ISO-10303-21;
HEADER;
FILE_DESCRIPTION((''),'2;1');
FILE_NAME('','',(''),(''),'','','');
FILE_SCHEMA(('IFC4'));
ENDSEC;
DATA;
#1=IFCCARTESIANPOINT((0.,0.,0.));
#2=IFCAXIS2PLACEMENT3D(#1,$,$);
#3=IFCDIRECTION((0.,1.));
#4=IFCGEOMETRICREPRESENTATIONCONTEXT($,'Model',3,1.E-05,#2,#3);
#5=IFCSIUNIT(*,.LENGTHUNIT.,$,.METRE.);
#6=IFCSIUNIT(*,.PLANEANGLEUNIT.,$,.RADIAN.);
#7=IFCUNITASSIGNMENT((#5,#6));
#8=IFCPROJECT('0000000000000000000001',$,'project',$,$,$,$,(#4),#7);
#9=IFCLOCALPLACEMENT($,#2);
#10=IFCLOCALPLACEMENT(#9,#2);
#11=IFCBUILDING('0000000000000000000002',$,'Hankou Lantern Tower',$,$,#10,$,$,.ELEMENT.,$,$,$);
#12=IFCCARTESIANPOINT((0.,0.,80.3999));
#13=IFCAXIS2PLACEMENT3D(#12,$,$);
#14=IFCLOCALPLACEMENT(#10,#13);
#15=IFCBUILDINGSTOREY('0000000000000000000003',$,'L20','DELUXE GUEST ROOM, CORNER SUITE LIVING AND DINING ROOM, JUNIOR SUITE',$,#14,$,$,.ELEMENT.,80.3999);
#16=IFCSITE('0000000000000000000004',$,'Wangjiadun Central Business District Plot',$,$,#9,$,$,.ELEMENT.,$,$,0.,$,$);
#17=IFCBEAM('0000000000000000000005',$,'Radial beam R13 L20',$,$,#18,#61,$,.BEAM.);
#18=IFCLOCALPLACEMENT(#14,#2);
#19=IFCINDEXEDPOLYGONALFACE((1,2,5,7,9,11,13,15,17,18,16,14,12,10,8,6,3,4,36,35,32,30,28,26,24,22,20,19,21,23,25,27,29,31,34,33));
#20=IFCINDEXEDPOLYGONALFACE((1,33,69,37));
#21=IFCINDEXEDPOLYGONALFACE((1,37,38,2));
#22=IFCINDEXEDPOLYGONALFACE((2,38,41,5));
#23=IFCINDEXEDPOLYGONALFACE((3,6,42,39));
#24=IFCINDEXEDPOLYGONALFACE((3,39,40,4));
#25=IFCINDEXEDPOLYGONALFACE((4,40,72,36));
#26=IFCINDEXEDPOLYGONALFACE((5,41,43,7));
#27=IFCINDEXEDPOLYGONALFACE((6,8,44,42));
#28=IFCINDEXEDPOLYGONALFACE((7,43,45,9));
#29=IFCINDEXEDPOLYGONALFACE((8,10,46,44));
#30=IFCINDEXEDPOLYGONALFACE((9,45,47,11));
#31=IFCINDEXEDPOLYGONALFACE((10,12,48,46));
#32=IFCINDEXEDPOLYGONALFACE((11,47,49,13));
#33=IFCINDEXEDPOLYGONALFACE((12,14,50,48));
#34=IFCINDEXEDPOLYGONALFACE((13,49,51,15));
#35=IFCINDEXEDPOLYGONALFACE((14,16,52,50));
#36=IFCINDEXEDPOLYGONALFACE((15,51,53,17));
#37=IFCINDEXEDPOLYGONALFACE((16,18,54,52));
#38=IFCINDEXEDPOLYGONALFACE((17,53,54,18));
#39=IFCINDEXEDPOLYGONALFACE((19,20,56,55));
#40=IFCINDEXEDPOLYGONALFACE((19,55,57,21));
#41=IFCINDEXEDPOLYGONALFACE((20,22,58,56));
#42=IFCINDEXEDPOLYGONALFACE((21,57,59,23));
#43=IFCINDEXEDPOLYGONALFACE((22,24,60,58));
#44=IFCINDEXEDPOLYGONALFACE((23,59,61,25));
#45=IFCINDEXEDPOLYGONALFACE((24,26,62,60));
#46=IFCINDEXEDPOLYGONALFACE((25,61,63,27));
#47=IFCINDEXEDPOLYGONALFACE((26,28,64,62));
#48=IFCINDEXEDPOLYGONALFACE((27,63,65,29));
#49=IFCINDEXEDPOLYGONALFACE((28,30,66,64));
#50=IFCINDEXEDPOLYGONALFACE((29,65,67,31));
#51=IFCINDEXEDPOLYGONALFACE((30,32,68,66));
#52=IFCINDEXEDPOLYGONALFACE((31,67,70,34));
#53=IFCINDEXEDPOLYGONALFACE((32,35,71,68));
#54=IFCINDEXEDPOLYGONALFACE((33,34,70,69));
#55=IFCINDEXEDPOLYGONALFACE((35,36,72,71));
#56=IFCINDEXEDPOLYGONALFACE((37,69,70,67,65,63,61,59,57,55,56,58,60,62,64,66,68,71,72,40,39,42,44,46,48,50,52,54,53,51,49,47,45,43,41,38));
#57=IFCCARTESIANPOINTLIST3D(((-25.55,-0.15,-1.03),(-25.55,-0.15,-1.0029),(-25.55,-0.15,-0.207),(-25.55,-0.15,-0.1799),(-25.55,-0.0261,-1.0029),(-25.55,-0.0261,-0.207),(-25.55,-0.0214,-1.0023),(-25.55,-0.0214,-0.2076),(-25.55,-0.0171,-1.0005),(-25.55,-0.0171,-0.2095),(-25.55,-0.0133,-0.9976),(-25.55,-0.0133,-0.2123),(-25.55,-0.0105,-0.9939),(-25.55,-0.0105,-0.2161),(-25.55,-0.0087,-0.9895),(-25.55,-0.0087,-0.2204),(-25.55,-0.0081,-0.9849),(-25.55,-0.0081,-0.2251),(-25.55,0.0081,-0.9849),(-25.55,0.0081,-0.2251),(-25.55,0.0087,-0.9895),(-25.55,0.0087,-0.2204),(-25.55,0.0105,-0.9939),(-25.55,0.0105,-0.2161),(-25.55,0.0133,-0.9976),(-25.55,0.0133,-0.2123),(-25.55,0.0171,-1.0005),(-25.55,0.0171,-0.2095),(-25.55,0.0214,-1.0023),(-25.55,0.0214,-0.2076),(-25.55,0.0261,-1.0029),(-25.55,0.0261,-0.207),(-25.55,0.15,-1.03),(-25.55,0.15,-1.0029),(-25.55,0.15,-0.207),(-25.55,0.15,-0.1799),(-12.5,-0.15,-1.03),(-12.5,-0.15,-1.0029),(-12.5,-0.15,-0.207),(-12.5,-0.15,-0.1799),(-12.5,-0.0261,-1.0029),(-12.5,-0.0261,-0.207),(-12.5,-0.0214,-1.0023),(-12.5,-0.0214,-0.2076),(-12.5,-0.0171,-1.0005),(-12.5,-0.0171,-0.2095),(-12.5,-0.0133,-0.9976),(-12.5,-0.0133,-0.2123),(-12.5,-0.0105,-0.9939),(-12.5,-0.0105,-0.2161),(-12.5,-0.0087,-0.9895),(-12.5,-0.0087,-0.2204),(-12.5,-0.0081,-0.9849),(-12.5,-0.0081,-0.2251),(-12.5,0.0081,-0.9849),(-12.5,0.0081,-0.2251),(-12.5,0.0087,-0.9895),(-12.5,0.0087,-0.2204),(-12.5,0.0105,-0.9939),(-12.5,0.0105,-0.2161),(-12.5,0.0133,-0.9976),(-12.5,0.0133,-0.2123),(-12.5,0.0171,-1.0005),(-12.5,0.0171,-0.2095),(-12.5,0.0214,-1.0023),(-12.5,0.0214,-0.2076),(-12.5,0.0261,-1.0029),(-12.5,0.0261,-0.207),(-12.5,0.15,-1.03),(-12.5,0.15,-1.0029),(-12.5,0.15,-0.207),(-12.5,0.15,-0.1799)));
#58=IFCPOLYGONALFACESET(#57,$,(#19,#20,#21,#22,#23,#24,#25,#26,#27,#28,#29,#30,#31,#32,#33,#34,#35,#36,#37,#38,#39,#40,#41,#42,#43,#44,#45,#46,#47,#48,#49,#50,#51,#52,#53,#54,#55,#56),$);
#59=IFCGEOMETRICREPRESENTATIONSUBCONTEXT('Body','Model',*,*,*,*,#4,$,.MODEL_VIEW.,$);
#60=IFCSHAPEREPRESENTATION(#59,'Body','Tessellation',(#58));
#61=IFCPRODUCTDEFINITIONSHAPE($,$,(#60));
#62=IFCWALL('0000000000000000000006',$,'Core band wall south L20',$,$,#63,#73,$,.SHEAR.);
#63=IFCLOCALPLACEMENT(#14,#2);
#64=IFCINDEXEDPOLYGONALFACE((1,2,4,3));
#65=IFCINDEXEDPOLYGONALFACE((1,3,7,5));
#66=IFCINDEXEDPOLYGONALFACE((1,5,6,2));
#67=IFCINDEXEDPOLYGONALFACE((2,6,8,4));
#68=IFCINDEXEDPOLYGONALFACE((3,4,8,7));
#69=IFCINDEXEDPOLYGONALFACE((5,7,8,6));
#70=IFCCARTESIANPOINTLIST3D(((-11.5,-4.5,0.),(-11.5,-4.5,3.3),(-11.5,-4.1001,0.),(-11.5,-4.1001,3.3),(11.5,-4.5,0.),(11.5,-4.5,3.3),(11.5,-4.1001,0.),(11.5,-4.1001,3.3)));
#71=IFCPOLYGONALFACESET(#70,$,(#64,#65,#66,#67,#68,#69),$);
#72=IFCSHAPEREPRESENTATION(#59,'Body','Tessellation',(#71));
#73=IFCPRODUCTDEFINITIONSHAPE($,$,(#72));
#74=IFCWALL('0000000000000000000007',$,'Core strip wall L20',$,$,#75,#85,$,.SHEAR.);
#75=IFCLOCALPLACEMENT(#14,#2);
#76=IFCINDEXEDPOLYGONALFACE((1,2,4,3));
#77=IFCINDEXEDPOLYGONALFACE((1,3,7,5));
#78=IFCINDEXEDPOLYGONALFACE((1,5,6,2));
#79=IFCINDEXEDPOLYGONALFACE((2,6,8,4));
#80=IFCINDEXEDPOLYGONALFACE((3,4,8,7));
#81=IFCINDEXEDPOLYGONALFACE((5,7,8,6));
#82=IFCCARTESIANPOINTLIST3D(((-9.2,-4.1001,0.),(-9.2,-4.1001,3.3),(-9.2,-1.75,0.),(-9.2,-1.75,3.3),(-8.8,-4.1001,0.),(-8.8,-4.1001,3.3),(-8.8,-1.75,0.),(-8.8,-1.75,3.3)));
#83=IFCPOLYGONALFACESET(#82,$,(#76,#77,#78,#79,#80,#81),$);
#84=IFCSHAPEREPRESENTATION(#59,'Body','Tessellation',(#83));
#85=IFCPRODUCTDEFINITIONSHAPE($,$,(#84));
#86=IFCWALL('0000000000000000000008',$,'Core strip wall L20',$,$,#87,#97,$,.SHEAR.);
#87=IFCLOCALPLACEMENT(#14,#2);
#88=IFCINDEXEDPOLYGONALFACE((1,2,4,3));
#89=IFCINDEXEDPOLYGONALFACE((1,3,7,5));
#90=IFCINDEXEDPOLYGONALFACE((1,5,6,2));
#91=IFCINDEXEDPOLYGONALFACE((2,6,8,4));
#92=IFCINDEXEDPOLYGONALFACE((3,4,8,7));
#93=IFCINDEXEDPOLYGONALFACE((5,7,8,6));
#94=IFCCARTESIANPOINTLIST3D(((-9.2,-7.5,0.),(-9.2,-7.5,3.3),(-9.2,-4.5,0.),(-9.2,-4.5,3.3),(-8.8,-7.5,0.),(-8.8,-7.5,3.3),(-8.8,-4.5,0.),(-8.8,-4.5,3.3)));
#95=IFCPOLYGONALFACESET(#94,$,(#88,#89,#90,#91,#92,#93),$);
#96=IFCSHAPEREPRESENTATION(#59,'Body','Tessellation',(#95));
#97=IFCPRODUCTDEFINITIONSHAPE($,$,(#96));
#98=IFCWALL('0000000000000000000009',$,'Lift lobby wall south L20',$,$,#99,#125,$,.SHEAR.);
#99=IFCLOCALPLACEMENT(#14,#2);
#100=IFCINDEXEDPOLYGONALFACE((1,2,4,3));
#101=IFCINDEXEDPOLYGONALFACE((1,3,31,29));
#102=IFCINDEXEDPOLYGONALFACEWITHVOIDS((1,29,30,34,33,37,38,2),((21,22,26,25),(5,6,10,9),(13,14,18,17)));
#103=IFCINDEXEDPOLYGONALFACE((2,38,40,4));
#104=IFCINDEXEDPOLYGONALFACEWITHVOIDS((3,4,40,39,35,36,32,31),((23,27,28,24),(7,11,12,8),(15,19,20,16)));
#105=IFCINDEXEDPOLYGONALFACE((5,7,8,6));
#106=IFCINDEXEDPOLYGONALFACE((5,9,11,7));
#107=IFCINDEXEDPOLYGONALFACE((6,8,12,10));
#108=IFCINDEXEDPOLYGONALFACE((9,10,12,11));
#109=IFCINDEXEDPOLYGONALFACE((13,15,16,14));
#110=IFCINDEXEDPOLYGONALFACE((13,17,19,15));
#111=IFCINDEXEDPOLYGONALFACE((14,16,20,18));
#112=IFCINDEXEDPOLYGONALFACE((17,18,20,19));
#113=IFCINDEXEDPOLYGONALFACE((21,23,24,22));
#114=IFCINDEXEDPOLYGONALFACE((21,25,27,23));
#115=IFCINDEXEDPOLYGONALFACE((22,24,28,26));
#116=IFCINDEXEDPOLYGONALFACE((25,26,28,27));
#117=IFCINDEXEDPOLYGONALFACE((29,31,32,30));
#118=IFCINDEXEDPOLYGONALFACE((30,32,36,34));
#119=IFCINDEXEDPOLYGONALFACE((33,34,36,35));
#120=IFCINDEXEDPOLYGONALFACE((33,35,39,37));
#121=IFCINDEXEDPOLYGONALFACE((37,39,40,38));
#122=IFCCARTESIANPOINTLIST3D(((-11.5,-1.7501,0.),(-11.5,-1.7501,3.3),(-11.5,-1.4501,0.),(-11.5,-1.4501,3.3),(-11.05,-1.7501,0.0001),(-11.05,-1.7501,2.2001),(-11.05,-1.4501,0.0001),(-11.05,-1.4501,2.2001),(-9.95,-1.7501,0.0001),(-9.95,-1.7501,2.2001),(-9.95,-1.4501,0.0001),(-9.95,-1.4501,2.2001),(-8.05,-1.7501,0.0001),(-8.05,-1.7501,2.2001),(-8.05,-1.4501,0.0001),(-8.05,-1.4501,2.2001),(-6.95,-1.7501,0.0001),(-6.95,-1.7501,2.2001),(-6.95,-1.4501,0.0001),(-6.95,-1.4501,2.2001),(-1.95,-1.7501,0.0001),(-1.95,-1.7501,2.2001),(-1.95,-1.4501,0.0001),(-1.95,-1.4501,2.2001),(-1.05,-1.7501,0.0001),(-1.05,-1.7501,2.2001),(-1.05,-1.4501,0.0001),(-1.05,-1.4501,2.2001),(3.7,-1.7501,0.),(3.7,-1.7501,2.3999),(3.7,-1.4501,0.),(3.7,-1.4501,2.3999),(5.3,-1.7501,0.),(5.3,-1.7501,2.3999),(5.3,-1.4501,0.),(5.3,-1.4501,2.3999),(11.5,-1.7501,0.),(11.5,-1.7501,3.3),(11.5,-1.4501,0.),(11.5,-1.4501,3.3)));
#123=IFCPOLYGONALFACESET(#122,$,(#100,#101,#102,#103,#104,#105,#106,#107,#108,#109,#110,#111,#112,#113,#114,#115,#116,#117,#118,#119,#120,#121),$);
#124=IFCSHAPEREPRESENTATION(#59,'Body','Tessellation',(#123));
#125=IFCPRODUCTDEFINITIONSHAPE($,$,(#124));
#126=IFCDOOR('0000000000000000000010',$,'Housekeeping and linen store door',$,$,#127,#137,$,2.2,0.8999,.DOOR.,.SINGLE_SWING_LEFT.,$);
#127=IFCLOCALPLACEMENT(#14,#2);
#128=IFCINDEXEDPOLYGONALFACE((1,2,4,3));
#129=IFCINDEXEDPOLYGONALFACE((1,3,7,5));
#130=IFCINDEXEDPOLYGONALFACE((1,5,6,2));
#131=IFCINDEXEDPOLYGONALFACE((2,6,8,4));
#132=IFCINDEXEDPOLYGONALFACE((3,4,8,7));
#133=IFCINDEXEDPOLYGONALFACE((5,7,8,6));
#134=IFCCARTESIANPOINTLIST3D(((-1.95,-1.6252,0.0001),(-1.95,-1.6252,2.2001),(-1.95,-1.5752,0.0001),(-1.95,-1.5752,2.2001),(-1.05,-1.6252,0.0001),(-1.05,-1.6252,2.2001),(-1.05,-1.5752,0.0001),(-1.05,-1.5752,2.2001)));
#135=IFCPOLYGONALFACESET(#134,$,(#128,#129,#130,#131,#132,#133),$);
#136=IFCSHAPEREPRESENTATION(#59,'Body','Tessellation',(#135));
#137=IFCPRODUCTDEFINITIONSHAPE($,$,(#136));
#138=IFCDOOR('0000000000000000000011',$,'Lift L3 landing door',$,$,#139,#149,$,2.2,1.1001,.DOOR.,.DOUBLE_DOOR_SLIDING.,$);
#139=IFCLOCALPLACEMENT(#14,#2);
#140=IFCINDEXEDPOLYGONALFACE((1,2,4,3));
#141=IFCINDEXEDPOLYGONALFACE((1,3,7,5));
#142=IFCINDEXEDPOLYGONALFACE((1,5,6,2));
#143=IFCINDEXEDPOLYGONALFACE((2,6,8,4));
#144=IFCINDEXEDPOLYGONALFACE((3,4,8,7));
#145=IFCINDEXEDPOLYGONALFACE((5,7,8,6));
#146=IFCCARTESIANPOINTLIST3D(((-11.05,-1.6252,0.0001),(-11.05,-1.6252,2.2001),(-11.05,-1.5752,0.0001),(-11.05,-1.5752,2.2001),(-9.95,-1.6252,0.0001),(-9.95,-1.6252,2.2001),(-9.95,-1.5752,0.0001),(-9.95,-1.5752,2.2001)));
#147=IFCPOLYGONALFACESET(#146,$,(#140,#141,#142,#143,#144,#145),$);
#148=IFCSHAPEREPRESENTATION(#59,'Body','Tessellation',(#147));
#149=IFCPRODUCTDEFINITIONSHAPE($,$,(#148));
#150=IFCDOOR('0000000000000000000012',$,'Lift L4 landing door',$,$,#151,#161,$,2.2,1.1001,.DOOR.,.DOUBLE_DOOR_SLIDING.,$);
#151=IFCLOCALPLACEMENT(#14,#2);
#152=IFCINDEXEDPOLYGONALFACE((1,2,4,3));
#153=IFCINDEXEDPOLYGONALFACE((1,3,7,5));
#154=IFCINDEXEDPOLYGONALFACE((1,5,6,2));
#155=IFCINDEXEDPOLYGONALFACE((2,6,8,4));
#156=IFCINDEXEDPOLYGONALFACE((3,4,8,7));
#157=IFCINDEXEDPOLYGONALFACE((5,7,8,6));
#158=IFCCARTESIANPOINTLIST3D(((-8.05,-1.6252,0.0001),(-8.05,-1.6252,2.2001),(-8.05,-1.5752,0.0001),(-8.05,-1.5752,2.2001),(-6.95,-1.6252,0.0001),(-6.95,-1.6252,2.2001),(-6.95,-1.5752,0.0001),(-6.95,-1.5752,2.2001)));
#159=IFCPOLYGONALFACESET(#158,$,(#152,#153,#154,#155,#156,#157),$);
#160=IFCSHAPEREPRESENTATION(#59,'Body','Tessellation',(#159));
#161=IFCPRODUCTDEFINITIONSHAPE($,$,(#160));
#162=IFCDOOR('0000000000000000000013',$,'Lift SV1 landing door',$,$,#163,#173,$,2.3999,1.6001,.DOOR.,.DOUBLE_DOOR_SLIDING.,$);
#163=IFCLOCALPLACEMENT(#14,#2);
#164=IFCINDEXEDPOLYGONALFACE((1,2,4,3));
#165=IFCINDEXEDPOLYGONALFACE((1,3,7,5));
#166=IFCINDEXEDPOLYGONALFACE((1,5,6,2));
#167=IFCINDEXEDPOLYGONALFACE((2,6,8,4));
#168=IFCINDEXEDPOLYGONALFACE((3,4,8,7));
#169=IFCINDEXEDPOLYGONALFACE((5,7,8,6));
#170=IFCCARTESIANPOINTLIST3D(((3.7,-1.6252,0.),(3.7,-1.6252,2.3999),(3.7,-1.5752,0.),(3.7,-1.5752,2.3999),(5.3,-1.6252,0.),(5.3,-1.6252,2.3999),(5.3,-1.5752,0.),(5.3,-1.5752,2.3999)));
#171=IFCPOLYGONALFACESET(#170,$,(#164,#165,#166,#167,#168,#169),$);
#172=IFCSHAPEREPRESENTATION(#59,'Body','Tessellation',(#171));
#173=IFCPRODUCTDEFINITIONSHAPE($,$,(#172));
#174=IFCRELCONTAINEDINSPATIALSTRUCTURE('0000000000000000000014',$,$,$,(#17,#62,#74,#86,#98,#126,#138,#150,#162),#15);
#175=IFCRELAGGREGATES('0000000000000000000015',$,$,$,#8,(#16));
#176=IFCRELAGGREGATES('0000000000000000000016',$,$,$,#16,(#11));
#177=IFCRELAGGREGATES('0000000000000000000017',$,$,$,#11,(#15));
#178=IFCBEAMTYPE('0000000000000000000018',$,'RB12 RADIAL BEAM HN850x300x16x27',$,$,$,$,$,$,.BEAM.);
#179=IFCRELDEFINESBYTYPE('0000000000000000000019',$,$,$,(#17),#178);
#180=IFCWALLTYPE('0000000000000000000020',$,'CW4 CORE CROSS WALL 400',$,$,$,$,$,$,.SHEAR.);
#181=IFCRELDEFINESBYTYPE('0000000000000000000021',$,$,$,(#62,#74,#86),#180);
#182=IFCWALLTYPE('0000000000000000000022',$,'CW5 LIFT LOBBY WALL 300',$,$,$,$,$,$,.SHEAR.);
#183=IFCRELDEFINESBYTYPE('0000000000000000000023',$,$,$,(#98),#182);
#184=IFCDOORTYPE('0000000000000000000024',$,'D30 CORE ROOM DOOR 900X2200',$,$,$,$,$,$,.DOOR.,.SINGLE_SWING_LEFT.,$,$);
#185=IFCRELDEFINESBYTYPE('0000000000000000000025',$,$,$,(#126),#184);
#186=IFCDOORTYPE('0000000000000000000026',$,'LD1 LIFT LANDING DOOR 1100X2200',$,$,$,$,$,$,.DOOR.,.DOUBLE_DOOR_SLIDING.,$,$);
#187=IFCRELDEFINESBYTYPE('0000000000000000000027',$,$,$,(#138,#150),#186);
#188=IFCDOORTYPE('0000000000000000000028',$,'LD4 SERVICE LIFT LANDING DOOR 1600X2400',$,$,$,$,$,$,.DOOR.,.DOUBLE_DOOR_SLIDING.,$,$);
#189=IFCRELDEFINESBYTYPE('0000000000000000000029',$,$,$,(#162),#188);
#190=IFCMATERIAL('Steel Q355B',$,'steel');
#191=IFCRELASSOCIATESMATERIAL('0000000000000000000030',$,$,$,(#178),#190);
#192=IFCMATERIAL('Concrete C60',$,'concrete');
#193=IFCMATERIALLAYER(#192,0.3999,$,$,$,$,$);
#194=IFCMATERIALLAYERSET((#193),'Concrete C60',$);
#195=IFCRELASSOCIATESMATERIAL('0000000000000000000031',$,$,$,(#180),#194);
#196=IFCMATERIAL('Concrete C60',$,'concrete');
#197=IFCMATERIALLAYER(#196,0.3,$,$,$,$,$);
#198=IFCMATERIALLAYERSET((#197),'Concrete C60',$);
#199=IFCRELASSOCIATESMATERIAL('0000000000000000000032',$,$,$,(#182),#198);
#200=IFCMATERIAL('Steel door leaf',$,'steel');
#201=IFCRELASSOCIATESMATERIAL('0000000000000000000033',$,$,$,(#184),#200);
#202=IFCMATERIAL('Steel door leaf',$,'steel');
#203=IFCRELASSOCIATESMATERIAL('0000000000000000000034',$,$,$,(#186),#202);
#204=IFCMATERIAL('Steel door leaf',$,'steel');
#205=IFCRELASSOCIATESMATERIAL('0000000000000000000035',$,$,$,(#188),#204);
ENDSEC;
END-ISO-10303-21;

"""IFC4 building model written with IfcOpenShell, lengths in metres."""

from ifc_helpers import new_model, si_unit, direction, frame, frame_2d, origin, origin_2d, place, context, subcontext, project, spatial, rectangle, i_section, extrude, material, layer, layer_set, material_profile, profile_set, type_object, element, fill, save


model = new_model("IFC4")

# Units and contexts
model_context = context("Model", 3, precision=1e-05, world=origin(), true_north=direction((0.0, 1.0)))
body_context = subcontext(model_context, "Body", "Model", "MODEL_VIEW")
ifc_project = project(units=[si_unit("LENGTHUNIT", "METRE"), si_unit("PLANEANGLEUNIT", "RADIAN")], contexts=[model_context])

# Site, building, storey
site_placement = place(None, origin())
site = spatial("IfcSite", under=ifc_project, at=site_placement, Name="Wangjiadun Central Business District Plot", CompositionType="ELEMENT", RefElevation=0.0)
building_placement = place(site_placement, origin())
building = spatial("IfcBuilding", under=site, at=building_placement, Name="Hankou Lantern Tower", CompositionType="ELEMENT")
storey_placement = place(building_placement, frame((0.0, 0.0, 80.3999)))
storey = spatial("IfcBuildingStorey", under=building, at=storey_placement, Name="L20", Description="DELUXE GUEST ROOM, CORNER SUITE LIVING AND DINING ROOM, JUNIOR SUITE", CompositionType="ELEMENT", Elevation=80.3999)

# Beam
ifc_material_1 = material(Name="Steel Q355B", Category="steel")
ifc_material_profile_1 = material_profile(ifc_material_1, i_section(OverallWidth=0.3, OverallDepth=0.8501, WebThickness=0.0161, FlangeThickness=0.0271, FilletRadius=0.0181, at=origin_2d()), Name="HN850x300x16x27")
ifc_profile_set_1 = profile_set([ifc_material_profile_1], Name="Steel Q355B")
beam_type_1 = type_object("IfcBeamType", Name="RB12 RADIAL BEAM HN850x300x16x27", PredefinedType="BEAM", material=ifc_profile_set_1)
beam_1_placement = place(storey_placement, frame((-12.5, 0.0, -0.605), z_axis=(-1.0, 0.0, 0.0), x_axis=(0.0, -1.0, 0.0)))
element("IfcBeam", 1, at=beam_1_placement, inside=storey, type_object=beam_type_1, Name="Radial beam R13 L20", PredefinedType="BEAM", context=body_context, shape_type="SweptSolid", body=[
    extrude(i_section(OverallWidth=0.3, OverallDepth=0.8501, WebThickness=0.0161, FlangeThickness=0.0271, FilletRadius=0.0181, at=origin_2d()), origin(), (0.0, 0.0, 1.0), 13.05),
])

# Walls
ifc_material_2 = material(Name="Concrete C60", Category="concrete")
ifc_layer_1 = layer(ifc_material_2, 0.3999)
ifc_layer_set_1 = layer_set([ifc_layer_1], Name="Concrete C60")
wall_type_1 = type_object("IfcWallType", Name="CW4 CORE CROSS WALL 400", PredefinedType="SHEAR", material=ifc_layer_set_1)
wall_1_placement = place(storey_placement, frame((-11.5, -4.3, 0.0), z_axis=(0.0, 0.0, 1.0), x_axis=(1.0, 0.0, 0.0)))
element("IfcWall", 2, at=wall_1_placement, inside=storey, type_object=wall_type_1, Name="Core band wall south L20", PredefinedType="SHEAR", context=body_context, shape_type="SweptSolid", body=[
    extrude(rectangle(XDim=23.0, YDim=0.3999, at=frame_2d((11.5, 0.0))), origin(), (0.0, 0.0, 1.0), 3.3),
])
wall_2_placement = place(storey_placement, frame((-9.0, -4.1001, 0.0), z_axis=(0.0, 0.0, 1.0), x_axis=(0.0, 1.0, 0.0)))
element("IfcWall", 3, at=wall_2_placement, inside=storey, type_object=wall_type_1, Name="Core strip wall L20", PredefinedType="SHEAR", context=body_context, shape_type="SweptSolid", body=[
    extrude(rectangle(XDim=2.3501, YDim=0.3999, at=frame_2d((1.175, 0.0))), origin(), (0.0, 0.0, 1.0), 3.3),
])
wall_3_placement = place(storey_placement, frame((-9.0, -7.5, 0.0), z_axis=(0.0, 0.0, 1.0), x_axis=(0.0, 1.0, 0.0)))
element("IfcWall", 4, at=wall_3_placement, inside=storey, type_object=wall_type_1, Name="Core strip wall L20", PredefinedType="SHEAR", context=body_context, shape_type="SweptSolid", body=[
    extrude(rectangle(XDim=3.0, YDim=0.3999, at=frame_2d((1.5, 0.0))), origin(), (0.0, 0.0, 1.0), 3.3),
])

# Wall, openings, doors
ifc_material_3 = material(Name="Concrete C60", Category="concrete")
ifc_layer_2 = layer(ifc_material_3, 0.3)
ifc_layer_set_2 = layer_set([ifc_layer_2], Name="Concrete C60")
wall_type_2 = type_object("IfcWallType", Name="CW5 LIFT LOBBY WALL 300", PredefinedType="SHEAR", material=ifc_layer_set_2)
wall_4_placement = place(storey_placement, frame((-11.5, -1.6001, 0.0), z_axis=(0.0, 0.0, 1.0), x_axis=(1.0, 0.0, 0.0)))
wall_4 = element("IfcWall", 5, at=wall_4_placement, inside=storey, type_object=wall_type_2, Name="Lift lobby wall south L20", PredefinedType="SHEAR", context=body_context, shape_type="SweptSolid", body=[
    extrude(rectangle(XDim=23.0, YDim=0.3, at=frame_2d((11.5, 0.0))), origin(), (0.0, 0.0, 1.0), 3.3),
])
opening_1_placement = place(wall_4_placement, frame((0.45, 0.0, 0.0)))
opening_1 = element("IfcOpeningElement", 6, at=opening_1_placement, cuts=wall_4, PredefinedType="OPENING", context=body_context, shape_type="SweptSolid", body=[
    extrude(rectangle(XDim=1.1001, YDim=2.2, at=frame_2d((0.55, 1.1001))), frame((0.0, 0.1599, 0.0), z_axis=(0.0, -1.0, 0.0), x_axis=(1.0, 0.0, 0.0)), (0.0, 0.0, 1.0), 0.3201),
])
opening_2_placement = place(wall_4_placement, frame((3.45, 0.0, 0.0)))
opening_2 = element("IfcOpeningElement", 7, at=opening_2_placement, cuts=wall_4, PredefinedType="OPENING", context=body_context, shape_type="SweptSolid", body=[
    extrude(rectangle(XDim=1.1001, YDim=2.2, at=frame_2d((0.55, 1.1001))), frame((0.0, 0.1599, 0.0), z_axis=(0.0, -1.0, 0.0), x_axis=(1.0, 0.0, 0.0)), (0.0, 0.0, 1.0), 0.3201),
])
opening_3_placement = place(wall_4_placement, frame((15.2, 0.0, 0.0)))
opening_3 = element("IfcOpeningElement", 8, at=opening_3_placement, cuts=wall_4, PredefinedType="OPENING", context=body_context, shape_type="SweptSolid", body=[
    extrude(rectangle(XDim=1.6001, YDim=2.3999, at=frame_2d((0.8, 1.2))), frame((0.0, 0.1599, 0.0), z_axis=(0.0, -1.0, 0.0), x_axis=(1.0, 0.0, 0.0)), (0.0, 0.0, 1.0), 0.3201),
])
opening_4_placement = place(wall_4_placement, frame((9.55, 0.0, 0.0)))
opening_4 = element("IfcOpeningElement", 9, at=opening_4_placement, cuts=wall_4, PredefinedType="OPENING", context=body_context, shape_type="SweptSolid", body=[
    extrude(rectangle(XDim=0.8999, YDim=2.2, at=frame_2d((0.45, 1.1001))), frame((0.0, 0.1599, 0.0), z_axis=(0.0, -1.0, 0.0), x_axis=(1.0, 0.0, 0.0)), (0.0, 0.0, 1.0), 0.3201),
])
ifc_material_4 = material(Name="Steel door leaf", Category="steel")
door_type_1 = type_object("IfcDoorType", Name="D30 CORE ROOM DOOR 900X2200", OperationType="SINGLE_SWING_LEFT", PredefinedType="DOOR", material=ifc_material_4)
door_1_placement = place(opening_4_placement, origin())
door_1 = element("IfcDoor", 10, at=door_1_placement, inside=storey, type_object=door_type_1, Name="Housekeeping and linen store door", OperationType="SINGLE_SWING_LEFT", OverallHeight=2.2, OverallWidth=0.8999, PredefinedType="DOOR", context=body_context, shape_type="SweptSolid", body=[
    extrude(rectangle(XDim=0.8999, YDim=2.2, at=frame_2d((0.45, 1.1001))), frame((0.0, 0.0249, 0.0), z_axis=(0.0, -1.0, 0.0), x_axis=(1.0, 0.0, 0.0)), (0.0, 0.0, 1.0), 0.05),
])
fill(opening_4, door_1)
ifc_material_5 = material(Name="Steel door leaf", Category="steel")
door_type_2 = type_object("IfcDoorType", Name="LD1 LIFT LANDING DOOR 1100X2200", OperationType="DOUBLE_DOOR_SLIDING", PredefinedType="DOOR", material=ifc_material_5)
door_2_placement = place(opening_1_placement, origin())
door_2 = element("IfcDoor", 11, at=door_2_placement, inside=storey, type_object=door_type_2, Name="Lift L3 landing door", OperationType="DOUBLE_DOOR_SLIDING", OverallHeight=2.2, OverallWidth=1.1001, PredefinedType="DOOR", context=body_context, shape_type="SweptSolid", body=[
    extrude(rectangle(XDim=1.1001, YDim=2.2, at=frame_2d((0.55, 1.1001))), frame((0.0, 0.0249, 0.0), z_axis=(0.0, -1.0, 0.0), x_axis=(1.0, 0.0, 0.0)), (0.0, 0.0, 1.0), 0.05),
])
fill(opening_1, door_2)
door_3_placement = place(opening_2_placement, origin())
door_3 = element("IfcDoor", 12, at=door_3_placement, inside=storey, type_object=door_type_2, Name="Lift L4 landing door", OperationType="DOUBLE_DOOR_SLIDING", OverallHeight=2.2, OverallWidth=1.1001, PredefinedType="DOOR", context=body_context, shape_type="SweptSolid", body=[
    extrude(rectangle(XDim=1.1001, YDim=2.2, at=frame_2d((0.55, 1.1001))), frame((0.0, 0.0249, 0.0), z_axis=(0.0, -1.0, 0.0), x_axis=(1.0, 0.0, 0.0)), (0.0, 0.0, 1.0), 0.05),
])
fill(opening_2, door_3)
ifc_material_6 = material(Name="Steel door leaf", Category="steel")
door_type_3 = type_object("IfcDoorType", Name="LD4 SERVICE LIFT LANDING DOOR 1600X2400", OperationType="DOUBLE_DOOR_SLIDING", PredefinedType="DOOR", material=ifc_material_6)
door_4_placement = place(opening_3_placement, origin())
door_4 = element("IfcDoor", 13, at=door_4_placement, inside=storey, type_object=door_type_3, Name="Lift SV1 landing door", OperationType="DOUBLE_DOOR_SLIDING", OverallHeight=2.3999, OverallWidth=1.6001, PredefinedType="DOOR", context=body_context, shape_type="SweptSolid", body=[
    extrude(rectangle(XDim=1.6001, YDim=2.3999, at=frame_2d((0.8, 1.2))), frame((0.0, 0.0249, 0.0), z_axis=(0.0, -1.0, 0.0), x_axis=(1.0, 0.0, 0.0)), (0.0, 0.0, 1.0), 0.05),
])
fill(opening_3, door_4)

save(model, "model.ifc")
